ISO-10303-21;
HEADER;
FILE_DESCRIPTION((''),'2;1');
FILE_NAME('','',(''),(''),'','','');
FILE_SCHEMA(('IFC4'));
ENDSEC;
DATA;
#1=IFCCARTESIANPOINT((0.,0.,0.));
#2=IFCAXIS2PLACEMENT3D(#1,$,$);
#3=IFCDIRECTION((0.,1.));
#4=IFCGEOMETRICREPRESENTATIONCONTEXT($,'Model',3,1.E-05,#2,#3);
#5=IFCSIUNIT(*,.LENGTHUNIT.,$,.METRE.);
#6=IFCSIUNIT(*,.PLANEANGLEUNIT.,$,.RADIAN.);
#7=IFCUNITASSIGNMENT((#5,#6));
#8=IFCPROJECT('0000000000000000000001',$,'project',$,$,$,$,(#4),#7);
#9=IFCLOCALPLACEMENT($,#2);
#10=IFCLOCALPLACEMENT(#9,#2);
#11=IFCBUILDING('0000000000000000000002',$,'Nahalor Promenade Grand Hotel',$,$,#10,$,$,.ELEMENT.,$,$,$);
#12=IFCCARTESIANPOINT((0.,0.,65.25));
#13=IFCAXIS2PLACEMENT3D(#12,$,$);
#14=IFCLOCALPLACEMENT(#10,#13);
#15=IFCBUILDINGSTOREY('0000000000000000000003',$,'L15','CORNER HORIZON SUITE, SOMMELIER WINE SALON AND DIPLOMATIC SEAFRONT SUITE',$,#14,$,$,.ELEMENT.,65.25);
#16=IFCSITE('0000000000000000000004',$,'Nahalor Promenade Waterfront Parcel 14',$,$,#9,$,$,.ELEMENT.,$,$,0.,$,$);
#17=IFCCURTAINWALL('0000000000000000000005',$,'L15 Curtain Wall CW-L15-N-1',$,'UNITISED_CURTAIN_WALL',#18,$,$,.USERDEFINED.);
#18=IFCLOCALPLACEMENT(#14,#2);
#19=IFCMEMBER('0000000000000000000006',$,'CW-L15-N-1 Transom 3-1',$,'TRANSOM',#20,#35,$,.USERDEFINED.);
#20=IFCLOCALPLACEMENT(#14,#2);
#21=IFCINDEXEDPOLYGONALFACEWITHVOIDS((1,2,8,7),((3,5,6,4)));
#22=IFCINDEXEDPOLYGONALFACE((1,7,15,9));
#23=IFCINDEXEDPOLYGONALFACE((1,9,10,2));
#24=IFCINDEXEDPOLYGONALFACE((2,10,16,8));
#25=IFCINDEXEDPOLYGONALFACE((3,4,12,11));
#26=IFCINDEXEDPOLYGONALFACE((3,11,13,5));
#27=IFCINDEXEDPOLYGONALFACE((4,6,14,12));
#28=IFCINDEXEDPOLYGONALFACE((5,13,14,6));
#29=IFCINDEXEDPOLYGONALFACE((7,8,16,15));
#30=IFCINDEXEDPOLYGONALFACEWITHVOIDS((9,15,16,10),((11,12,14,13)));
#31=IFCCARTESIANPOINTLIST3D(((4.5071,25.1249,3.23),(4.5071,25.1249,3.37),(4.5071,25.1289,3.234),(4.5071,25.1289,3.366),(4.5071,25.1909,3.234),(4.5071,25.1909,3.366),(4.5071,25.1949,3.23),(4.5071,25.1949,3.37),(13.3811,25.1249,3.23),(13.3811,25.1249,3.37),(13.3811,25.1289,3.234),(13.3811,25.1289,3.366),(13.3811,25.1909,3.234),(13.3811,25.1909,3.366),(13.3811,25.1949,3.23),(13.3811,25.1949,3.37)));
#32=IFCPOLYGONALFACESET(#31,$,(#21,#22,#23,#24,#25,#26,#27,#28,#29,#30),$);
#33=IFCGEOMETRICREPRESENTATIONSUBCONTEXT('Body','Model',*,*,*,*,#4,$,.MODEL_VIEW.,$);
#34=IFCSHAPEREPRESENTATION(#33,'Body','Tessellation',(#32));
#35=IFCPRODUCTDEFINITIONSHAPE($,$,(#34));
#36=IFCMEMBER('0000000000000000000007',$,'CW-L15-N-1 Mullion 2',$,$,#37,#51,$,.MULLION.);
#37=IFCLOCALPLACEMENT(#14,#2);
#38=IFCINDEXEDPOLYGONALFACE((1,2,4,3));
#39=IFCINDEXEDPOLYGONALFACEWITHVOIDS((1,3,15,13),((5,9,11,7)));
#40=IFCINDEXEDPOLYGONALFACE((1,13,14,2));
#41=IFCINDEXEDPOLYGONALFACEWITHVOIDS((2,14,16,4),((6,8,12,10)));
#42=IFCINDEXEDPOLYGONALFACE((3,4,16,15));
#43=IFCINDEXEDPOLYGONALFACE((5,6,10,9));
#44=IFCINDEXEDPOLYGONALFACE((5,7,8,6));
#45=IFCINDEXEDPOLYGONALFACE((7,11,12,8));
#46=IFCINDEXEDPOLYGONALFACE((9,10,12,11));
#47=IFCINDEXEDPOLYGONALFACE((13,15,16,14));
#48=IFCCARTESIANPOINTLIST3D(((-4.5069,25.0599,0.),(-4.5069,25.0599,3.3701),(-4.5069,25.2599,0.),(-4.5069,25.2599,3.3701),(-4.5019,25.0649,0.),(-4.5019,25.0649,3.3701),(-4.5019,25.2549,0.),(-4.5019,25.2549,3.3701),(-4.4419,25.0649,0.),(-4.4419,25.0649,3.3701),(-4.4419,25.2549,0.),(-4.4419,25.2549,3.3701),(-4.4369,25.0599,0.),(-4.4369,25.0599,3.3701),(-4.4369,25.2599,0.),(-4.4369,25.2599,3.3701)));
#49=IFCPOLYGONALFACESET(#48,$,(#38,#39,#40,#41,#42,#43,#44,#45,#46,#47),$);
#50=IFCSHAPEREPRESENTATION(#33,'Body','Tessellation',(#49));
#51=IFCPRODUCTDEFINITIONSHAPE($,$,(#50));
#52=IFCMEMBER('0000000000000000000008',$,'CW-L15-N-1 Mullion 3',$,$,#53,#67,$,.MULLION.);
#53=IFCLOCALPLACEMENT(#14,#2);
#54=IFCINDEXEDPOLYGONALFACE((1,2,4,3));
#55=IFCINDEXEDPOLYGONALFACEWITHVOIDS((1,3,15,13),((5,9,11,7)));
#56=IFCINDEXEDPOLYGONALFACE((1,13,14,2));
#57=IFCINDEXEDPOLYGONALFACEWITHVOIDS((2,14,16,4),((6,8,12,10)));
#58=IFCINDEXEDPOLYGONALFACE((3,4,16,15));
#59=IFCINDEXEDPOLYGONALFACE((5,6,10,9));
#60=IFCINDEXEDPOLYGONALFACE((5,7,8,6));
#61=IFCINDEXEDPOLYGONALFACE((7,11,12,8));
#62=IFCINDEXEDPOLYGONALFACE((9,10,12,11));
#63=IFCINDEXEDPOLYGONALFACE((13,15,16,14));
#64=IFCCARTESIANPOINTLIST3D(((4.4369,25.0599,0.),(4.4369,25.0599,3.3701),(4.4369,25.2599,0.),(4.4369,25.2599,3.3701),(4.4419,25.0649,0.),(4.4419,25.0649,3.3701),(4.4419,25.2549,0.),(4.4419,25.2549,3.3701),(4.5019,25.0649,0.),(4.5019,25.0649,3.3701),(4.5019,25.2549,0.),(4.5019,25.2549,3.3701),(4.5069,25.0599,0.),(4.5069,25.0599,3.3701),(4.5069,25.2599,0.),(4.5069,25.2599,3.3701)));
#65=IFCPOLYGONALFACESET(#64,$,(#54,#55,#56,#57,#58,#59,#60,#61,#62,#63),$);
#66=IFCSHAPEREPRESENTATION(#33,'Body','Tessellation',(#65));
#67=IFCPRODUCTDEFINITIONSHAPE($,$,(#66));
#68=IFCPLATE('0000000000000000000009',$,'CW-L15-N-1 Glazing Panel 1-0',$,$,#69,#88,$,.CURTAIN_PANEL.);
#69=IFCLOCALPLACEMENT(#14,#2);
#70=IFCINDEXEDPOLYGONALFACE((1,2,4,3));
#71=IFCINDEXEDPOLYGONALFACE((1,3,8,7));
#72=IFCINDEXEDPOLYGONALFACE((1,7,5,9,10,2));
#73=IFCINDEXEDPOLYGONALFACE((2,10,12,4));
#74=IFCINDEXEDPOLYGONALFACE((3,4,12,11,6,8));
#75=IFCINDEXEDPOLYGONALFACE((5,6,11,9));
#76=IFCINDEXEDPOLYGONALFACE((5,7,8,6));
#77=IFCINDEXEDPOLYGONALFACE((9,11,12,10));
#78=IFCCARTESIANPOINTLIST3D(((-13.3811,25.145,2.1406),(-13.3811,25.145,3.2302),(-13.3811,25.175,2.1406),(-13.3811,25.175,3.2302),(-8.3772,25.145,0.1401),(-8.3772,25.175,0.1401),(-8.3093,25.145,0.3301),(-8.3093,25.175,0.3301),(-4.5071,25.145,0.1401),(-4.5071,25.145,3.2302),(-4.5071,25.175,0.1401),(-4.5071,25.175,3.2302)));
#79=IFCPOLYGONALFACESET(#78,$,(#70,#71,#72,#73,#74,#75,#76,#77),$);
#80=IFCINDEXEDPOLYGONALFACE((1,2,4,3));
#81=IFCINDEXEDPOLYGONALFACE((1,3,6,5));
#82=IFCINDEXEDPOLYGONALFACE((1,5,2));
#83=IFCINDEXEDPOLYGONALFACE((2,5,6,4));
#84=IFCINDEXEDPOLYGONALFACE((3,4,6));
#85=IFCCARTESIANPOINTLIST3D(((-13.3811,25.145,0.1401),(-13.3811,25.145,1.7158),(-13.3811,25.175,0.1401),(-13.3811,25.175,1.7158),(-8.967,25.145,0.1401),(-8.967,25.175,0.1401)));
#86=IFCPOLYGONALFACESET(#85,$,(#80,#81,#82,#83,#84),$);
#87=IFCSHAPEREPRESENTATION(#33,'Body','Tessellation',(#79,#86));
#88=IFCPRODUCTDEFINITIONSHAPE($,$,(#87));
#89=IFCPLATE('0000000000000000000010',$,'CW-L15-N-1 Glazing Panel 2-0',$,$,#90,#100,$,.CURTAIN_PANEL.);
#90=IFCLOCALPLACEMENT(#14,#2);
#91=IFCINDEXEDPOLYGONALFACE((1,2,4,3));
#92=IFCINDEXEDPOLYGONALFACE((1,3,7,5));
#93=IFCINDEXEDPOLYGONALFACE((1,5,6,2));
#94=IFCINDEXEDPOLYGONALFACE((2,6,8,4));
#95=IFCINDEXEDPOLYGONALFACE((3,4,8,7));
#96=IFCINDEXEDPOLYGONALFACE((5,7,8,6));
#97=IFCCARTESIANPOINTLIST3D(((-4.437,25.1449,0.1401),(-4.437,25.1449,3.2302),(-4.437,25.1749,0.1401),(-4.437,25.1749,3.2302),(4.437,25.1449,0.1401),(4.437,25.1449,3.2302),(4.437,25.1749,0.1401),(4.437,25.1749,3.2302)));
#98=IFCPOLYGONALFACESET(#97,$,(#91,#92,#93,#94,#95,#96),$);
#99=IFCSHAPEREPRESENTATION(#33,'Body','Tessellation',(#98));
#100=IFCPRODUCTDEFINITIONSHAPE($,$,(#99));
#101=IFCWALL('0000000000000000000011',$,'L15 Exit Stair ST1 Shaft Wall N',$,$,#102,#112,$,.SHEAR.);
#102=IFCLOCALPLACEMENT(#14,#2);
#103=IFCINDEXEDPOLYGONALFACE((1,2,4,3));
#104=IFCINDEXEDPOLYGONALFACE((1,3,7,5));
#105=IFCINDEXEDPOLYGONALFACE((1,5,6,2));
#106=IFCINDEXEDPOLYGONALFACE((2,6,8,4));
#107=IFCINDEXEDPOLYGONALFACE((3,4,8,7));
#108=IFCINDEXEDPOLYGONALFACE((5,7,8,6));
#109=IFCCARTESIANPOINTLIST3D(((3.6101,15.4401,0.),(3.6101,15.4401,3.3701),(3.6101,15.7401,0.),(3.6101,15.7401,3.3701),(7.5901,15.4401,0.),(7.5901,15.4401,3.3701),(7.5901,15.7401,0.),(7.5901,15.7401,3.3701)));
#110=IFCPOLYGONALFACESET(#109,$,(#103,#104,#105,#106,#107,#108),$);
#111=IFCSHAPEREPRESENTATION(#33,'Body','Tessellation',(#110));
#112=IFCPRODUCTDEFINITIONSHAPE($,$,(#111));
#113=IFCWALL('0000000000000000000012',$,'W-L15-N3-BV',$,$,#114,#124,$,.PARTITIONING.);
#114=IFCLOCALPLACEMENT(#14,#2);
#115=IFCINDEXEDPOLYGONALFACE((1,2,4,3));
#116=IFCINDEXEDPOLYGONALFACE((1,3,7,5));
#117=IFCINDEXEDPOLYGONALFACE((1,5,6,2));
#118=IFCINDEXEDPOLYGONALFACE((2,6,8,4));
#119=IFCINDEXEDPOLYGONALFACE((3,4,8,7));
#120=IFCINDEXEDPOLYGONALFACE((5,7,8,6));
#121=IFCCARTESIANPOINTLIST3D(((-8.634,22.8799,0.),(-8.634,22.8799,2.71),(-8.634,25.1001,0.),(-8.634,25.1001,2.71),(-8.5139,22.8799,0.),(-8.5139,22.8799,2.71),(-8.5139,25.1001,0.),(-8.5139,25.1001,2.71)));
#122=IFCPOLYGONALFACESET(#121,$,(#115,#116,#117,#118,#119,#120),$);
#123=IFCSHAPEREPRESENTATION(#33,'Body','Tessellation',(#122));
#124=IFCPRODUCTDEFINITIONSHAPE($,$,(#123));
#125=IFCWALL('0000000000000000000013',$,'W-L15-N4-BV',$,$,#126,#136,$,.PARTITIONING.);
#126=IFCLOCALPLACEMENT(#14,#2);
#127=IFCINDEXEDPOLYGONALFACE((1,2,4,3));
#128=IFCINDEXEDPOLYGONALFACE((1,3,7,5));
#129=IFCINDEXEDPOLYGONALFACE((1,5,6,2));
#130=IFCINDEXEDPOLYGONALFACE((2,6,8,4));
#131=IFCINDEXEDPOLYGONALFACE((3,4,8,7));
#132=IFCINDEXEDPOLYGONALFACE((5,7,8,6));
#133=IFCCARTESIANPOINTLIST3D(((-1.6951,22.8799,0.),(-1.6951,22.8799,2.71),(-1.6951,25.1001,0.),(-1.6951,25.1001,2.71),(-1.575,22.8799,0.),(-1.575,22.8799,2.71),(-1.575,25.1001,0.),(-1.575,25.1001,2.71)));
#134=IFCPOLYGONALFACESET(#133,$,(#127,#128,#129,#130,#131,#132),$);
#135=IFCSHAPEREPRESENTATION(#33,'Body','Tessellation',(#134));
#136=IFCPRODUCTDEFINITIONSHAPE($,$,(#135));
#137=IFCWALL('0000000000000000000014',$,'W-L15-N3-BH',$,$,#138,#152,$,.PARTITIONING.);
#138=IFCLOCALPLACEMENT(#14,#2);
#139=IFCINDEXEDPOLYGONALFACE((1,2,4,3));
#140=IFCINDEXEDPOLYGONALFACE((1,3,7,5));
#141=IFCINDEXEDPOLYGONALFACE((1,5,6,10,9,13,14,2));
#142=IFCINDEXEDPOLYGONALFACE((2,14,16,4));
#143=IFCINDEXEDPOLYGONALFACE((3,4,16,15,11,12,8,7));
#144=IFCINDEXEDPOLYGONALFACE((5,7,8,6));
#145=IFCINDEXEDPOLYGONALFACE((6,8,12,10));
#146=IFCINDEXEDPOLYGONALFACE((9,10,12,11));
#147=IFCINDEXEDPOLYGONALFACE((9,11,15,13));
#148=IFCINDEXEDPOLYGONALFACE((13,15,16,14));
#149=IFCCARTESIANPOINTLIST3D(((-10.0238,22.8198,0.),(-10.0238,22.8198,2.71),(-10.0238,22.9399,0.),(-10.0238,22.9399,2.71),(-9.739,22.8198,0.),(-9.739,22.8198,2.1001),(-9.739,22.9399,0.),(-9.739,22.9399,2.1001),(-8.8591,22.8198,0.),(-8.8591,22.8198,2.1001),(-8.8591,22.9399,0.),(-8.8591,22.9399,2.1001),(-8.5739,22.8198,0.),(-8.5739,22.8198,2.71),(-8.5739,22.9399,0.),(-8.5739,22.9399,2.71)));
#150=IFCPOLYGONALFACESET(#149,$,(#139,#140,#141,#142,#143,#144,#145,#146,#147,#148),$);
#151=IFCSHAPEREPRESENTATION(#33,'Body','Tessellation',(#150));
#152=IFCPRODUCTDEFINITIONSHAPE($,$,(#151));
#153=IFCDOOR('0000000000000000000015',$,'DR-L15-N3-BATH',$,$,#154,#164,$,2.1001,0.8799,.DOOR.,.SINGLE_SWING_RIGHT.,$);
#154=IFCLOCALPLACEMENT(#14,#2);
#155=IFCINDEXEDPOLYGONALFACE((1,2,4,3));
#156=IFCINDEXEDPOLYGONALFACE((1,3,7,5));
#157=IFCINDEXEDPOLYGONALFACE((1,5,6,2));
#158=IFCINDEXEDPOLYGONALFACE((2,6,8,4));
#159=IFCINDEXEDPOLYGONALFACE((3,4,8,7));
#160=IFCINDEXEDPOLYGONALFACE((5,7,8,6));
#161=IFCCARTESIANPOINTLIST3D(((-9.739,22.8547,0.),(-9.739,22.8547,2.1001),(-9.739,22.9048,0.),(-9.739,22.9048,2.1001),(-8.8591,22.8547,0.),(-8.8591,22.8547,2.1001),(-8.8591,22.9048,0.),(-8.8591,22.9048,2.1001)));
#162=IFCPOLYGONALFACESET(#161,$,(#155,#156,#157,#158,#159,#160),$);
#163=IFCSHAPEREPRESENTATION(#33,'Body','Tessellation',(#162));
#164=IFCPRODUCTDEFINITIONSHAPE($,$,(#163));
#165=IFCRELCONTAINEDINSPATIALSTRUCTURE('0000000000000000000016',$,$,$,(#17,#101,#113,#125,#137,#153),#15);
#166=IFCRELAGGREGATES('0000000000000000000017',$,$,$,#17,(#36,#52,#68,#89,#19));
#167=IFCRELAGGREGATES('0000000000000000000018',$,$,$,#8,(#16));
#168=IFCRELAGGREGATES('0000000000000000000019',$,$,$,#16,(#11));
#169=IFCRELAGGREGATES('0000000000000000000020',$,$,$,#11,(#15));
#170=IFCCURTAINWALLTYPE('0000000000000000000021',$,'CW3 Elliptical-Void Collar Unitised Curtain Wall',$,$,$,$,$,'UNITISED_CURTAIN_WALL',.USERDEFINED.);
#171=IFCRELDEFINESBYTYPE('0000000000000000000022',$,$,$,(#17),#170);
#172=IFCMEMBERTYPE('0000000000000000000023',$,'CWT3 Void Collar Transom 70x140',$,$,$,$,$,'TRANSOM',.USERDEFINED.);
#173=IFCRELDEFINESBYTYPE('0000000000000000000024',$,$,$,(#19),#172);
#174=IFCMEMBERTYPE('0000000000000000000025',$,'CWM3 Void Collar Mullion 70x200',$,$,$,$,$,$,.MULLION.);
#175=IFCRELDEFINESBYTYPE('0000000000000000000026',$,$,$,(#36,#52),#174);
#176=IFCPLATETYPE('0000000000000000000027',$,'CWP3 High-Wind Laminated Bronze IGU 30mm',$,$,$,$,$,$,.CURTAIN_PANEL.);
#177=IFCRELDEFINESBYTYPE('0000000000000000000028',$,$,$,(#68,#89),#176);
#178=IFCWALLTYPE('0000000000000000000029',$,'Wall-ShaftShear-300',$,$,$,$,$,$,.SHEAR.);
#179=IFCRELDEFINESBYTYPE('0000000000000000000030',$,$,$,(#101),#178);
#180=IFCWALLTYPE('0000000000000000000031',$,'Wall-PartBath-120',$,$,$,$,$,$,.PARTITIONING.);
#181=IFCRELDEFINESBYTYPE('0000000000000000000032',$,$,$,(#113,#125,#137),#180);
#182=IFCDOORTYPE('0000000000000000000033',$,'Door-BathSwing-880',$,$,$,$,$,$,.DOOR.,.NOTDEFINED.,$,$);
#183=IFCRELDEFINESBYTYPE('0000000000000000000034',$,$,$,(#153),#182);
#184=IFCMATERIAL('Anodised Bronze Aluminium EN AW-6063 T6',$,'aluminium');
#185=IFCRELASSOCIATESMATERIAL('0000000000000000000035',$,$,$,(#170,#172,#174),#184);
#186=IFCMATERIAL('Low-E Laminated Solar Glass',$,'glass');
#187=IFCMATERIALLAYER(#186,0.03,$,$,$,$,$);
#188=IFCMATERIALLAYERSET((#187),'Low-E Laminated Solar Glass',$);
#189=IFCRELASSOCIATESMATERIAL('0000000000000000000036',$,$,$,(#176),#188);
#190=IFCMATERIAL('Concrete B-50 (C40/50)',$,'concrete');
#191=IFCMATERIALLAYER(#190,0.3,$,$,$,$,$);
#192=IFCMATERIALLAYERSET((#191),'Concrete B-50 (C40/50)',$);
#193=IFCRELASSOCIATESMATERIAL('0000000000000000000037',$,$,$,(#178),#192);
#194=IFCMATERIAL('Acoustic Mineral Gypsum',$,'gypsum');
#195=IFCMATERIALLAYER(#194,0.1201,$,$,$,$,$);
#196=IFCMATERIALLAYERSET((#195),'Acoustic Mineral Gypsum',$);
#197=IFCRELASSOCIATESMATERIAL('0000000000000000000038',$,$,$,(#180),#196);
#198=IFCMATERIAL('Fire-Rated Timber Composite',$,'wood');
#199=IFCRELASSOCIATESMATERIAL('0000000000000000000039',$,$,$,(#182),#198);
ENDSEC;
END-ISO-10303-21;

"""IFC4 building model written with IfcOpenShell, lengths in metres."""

from ifc_helpers import new_model, si_unit, direction, frame, frame_2d, origin, origin_2d, place, context, subcontext, project, spatial, polyline, rectangle, hollow_rectangle, outline, extrude, source, transform, mapped, material, layer, layer_set, material_profile, profile_set, type_object, element, fill, aggregate, save


model = new_model("IFC4")

# Units and contexts
model_context = context("Model", 3, precision=1e-05, world=origin(), true_north=direction((0.0, 1.0)))
body_context = subcontext(model_context, "Body", "Model", "MODEL_VIEW")
ifc_project = project(units=[si_unit("LENGTHUNIT", "METRE"), si_unit("PLANEANGLEUNIT", "RADIAN")], contexts=[model_context])

# Site, building, storey
site_placement = place(None, origin())
site = spatial("IfcSite", under=ifc_project, at=site_placement, Name="Nahalor Promenade Waterfront Parcel 14", CompositionType="ELEMENT", RefElevation=0.0)
building_placement = place(site_placement, origin())
building = spatial("IfcBuilding", under=site, at=building_placement, Name="Nahalor Promenade Grand Hotel", CompositionType="ELEMENT")
storey_placement = place(building_placement, frame((0.0, 0.0, 65.25)))
storey = spatial("IfcBuildingStorey", under=building, at=storey_placement, Name="L15", Description="CORNER HORIZON SUITE, SOMMELIER WINE SALON AND DIPLOMATIC SEAFRONT SUITE", CompositionType="ELEMENT", Elevation=65.25)

# Curtain wall, members, plates
ifc_material_1 = material(Name="Anodised Bronze Aluminium EN AW-6063 T6", Category="aluminium")
curtain_wall_type = type_object("IfcCurtainWallType", Name="CW3 Elliptical-Void Collar Unitised Curtain Wall", ElementType="UNITISED_CURTAIN_WALL", PredefinedType="USERDEFINED", material=ifc_material_1)
curtain_wall_placement = place(storey_placement, origin())
curtain_wall = element("IfcCurtainWall", 1, at=curtain_wall_placement, inside=storey, type_object=curtain_wall_type, Name="L15 Curtain Wall CW-L15-N-1", ObjectType="UNITISED_CURTAIN_WALL", PredefinedType="USERDEFINED")
ifc_material_profile_1 = material_profile(ifc_material_1, hollow_rectangle(XDim=0.07, YDim=0.14, WallThickness=0.004, at=origin_2d()), Name="CWT 70x140x4")
ifc_profile_set_1 = profile_set([ifc_material_profile_1], Name="Anodised Bronze Aluminium EN AW-6063 T6")
member_type_1 = type_object("IfcMemberType", Name="CWT3 Void Collar Transom 70x140", ElementType="TRANSOM", PredefinedType="USERDEFINED", material=ifc_profile_set_1)
shared_shape_1 = source(origin(), body_context, "Body", "SweptSolid", [
    extrude(hollow_rectangle(XDim=0.07, YDim=0.14, WallThickness=0.004, at=origin_2d()), origin(), (0.0, 0.0, 1.0), 8.874),
])
member_1_placement = place(storey_placement, frame((4.5071, 25.1599, 3.3), z_axis=(1.0, 0.0, 0.0), x_axis=(0.0, 1.0, 0.0)))
member_1 = element("IfcMember", 2, at=member_1_placement, type_object=member_type_1, Name="CW-L15-N-1 Transom 3-1", ObjectType="TRANSOM", PredefinedType="USERDEFINED", context=body_context, shape_type="MappedRepresentation", body=[
    mapped(shared_shape_1, transform((0.0, 0.0, 0.0), scale=1.0)),
])
ifc_material_profile_2 = material_profile(ifc_material_1, hollow_rectangle(XDim=0.07, YDim=0.2, WallThickness=0.005, at=origin_2d()), Name="CWM 70x200x5")
ifc_profile_set_2 = profile_set([ifc_material_profile_2], Name="Anodised Bronze Aluminium EN AW-6063 T6")
member_type_2 = type_object("IfcMemberType", Name="CWM3 Void Collar Mullion 70x200", PredefinedType="MULLION", material=ifc_profile_set_2)
shared_shape_2 = source(origin(), body_context, "Body", "SweptSolid", [
    extrude(hollow_rectangle(XDim=0.07, YDim=0.2, WallThickness=0.005, at=origin_2d()), origin(), (0.0, 0.0, 1.0), 3.3701),
])
member_2_placement = place(storey_placement, frame((-4.4719, 25.1599, 0.0), z_axis=(0.0, 0.0, 1.0), x_axis=(1.0, 0.0, 0.0)))
member_2 = element("IfcMember", 3, at=member_2_placement, type_object=member_type_2, Name="CW-L15-N-1 Mullion 2", PredefinedType="MULLION", context=body_context, shape_type="MappedRepresentation", body=[
    mapped(shared_shape_2, transform((0.0, 0.0, 0.0), scale=1.0)),
])
member_3_placement = place(storey_placement, frame((4.4719, 25.1599, 0.0), z_axis=(0.0, 0.0, 1.0), x_axis=(1.0, 0.0, 0.0)))
member_3 = element("IfcMember", 4, at=member_3_placement, type_object=member_type_2, Name="CW-L15-N-1 Mullion 3", PredefinedType="MULLION", context=body_context, shape_type="MappedRepresentation", body=[
    mapped(shared_shape_2, transform((0.0, 0.0, 0.0), scale=1.0)),
])
ifc_material_2 = material(Name="Low-E Laminated Solar Glass", Category="glass")
ifc_layer_1 = layer(ifc_material_2, 0.03)
ifc_layer_set_1 = layer_set([ifc_layer_1], Name="Low-E Laminated Solar Glass")
plate_type = type_object("IfcPlateType", Name="CWP3 High-Wind Laminated Bronze IGU 30mm", PredefinedType="CURTAIN_PANEL", material=ifc_layer_set_1)
plate_1_placement = place(storey_placement, frame((-8.9441, 25.1599, 0.1401), z_axis=(0.0, 0.0, 1.0), x_axis=(1.0, 0.0, 0.0)))
plate_1 = element("IfcPlate", 5, at=plate_1_placement, type_object=plate_type, Name="CW-L15-N-1 Glazing Panel 1-0", PredefinedType="CURTAIN_PANEL", context=body_context, shape_type="SweptSolid", body=[
    extrude(outline(polyline([(4.437, 3.0901), (-4.437, 3.0901), (-4.437, 2.0005), (0.6348, 0.1899), (0.5669, 0.0), (4.437, 0.0), (4.437, 3.0901)])), frame((0.0, 0.0151, 0.0), z_axis=(0.0, -1.0, 0.0), x_axis=(1.0, 0.0, 0.0)), (0.0, 0.0, 1.0), 0.03),
    extrude(outline(polyline([(-4.437, 1.5757), (-4.437, 0.0), (-0.0229, 0.0), (-4.437, 1.5757)])), frame((0.0, 0.0151, 0.0), z_axis=(0.0, -1.0, 0.0), x_axis=(1.0, 0.0, 0.0)), (0.0, 0.0, 1.0), 0.03),
])
shared_shape_3 = source(origin(), body_context, "Body", "SweptSolid", [
    extrude(rectangle(XDim=8.874, YDim=0.03, at=origin_2d()), origin(), (0.0, 0.0, 1.0), 3.0901),
])
plate_2_placement = place(storey_placement, frame((0.0, 25.1599, 0.1401), z_axis=(0.0, 0.0, 1.0), x_axis=(1.0, 0.0, 0.0)))
plate_2 = element("IfcPlate", 6, at=plate_2_placement, type_object=plate_type, Name="CW-L15-N-1 Glazing Panel 2-0", PredefinedType="CURTAIN_PANEL", context=body_context, shape_type="MappedRepresentation", body=[
    mapped(shared_shape_3, transform((0.0, 0.0, 0.0), scale=1.0)),
])
aggregate(curtain_wall, [member_2, member_3, plate_1, plate_2, member_1])

# Walls
ifc_material_3 = material(Name="Concrete B-50 (C40/50)", Category="concrete")
ifc_layer_2 = layer(ifc_material_3, 0.3)
ifc_layer_set_2 = layer_set([ifc_layer_2], Name="Concrete B-50 (C40/50)")
wall_type_1 = type_object("IfcWallType", Name="Wall-ShaftShear-300", PredefinedType="SHEAR", material=ifc_layer_set_2)
shared_shape_4 = source(origin(), body_context, "Body", "SweptSolid", [
    extrude(rectangle(XDim=3.98, YDim=0.3, at=frame_2d((1.99, 0.0))), origin(), (0.0, 0.0, 1.0), 3.3701),
])
wall_1_placement = place(storey_placement, frame((3.6101, 15.5901, 0.0), z_axis=(0.0, 0.0, 1.0), x_axis=(1.0, 0.0, 0.0)))
element("IfcWall", 7, at=wall_1_placement, inside=storey, type_object=wall_type_1, Name="L15 Exit Stair ST1 Shaft Wall N", PredefinedType="SHEAR", context=body_context, shape_type="MappedRepresentation", body=[
    mapped(shared_shape_4, transform((0.0, 0.0, 0.0), scale=1.0)),
])
ifc_material_4 = material(Name="Acoustic Mineral Gypsum", Category="gypsum")
ifc_layer_3 = layer(ifc_material_4, 0.1201)
ifc_layer_set_3 = layer_set([ifc_layer_3], Name="Acoustic Mineral Gypsum")
wall_type_2 = type_object("IfcWallType", Name="Wall-PartBath-120", PredefinedType="PARTITIONING", material=ifc_layer_set_3)
shared_shape_5 = source(origin(), body_context, "Body", "SweptSolid", [
    extrude(rectangle(XDim=2.2202, YDim=0.1201, at=frame_2d((1.1101, 0.0))), origin(), (0.0, 0.0, 1.0), 2.71),
])
for number, where, z_axis, x_axis, name in (
    (8, (-8.574, 22.8799, 0.0), (0.0, 0.0, 1.0), (0.0, 1.0, 0.0), "W-L15-N3-BV"),
    (9, (-1.635, 22.8799, 0.0), (0.0, 0.0, 1.0), (0.0, 1.0, 0.0), "W-L15-N4-BV"),
):
    element("IfcWall", number, at=place(storey_placement, frame(where, z_axis=z_axis, x_axis=x_axis)), inside=storey, type_object=wall_type_2, Name=name, PredefinedType="PARTITIONING", context=body_context, shape_type="MappedRepresentation", body=[
        mapped(shared_shape_5, transform((0.0, 0.0, 0.0), scale=1.0)),
    ])

# Wall, opening, door
shared_shape_6 = source(origin(), body_context, "Body", "SweptSolid", [
    extrude(rectangle(XDim=1.45, YDim=0.1201, at=frame_2d((0.7251, 0.0))), origin(), (0.0, 0.0, 1.0), 2.71),
])
wall_2_placement = place(storey_placement, frame((-10.0239, 22.8799, 0.0), z_axis=(0.0, 0.0, 1.0), x_axis=(1.0, 0.0, 0.0)))
wall_2 = element("IfcWall", 10, at=wall_2_placement, inside=storey, type_object=wall_type_2, Name="W-L15-N3-BH", PredefinedType="PARTITIONING", context=body_context, shape_type="MappedRepresentation", body=[
    mapped(shared_shape_6, transform((0.0, 0.0, 0.0), scale=1.0)),
])
opening_1_placement = place(wall_2_placement, frame((0.2849, 0.0, 0.0)))
opening_1 = element("IfcOpeningElement", 11, at=opening_1_placement, cuts=wall_2, PredefinedType="OPENING", context=body_context, shape_type="SweptSolid", body=[
    extrude(rectangle(XDim=0.8799, YDim=2.1001, at=frame_2d((0.4399, 1.05))), frame((0.0, 0.0701, 0.0), z_axis=(0.0, -1.0, 0.0), x_axis=(1.0, 0.0, 0.0)), (0.0, 0.0, 1.0), 0.1401),
])
ifc_material_5 = material(Name="Fire-Rated Timber Composite", Category="wood")
door_type = type_object("IfcDoorType", Name="Door-BathSwing-880", OperationType="NOTDEFINED", PredefinedType="DOOR", material=ifc_material_5)
shared_shape_7 = source(origin(), body_context, "Body", "SweptSolid", [
    extrude(rectangle(XDim=0.8799, YDim=2.1001, at=frame_2d((0.4399, 1.05))), frame((0.0, 0.0249, 0.0), z_axis=(0.0, -1.0, 0.0), x_axis=(1.0, 0.0, 0.0)), (0.0, 0.0, 1.0), 0.05),
])
door_1_placement = place(opening_1_placement, origin())
door_1 = element("IfcDoor", 12, at=door_1_placement, inside=storey, type_object=door_type, Name="DR-L15-N3-BATH", OperationType="SINGLE_SWING_RIGHT", OverallHeight=2.1001, OverallWidth=0.8799, PredefinedType="DOOR", context=body_context, shape_type="MappedRepresentation", body=[
    mapped(shared_shape_7, transform((0.0, 0.0, 0.0), scale=1.0)),
])
fill(opening_1, door_1)

save(model, "model.ifc")
